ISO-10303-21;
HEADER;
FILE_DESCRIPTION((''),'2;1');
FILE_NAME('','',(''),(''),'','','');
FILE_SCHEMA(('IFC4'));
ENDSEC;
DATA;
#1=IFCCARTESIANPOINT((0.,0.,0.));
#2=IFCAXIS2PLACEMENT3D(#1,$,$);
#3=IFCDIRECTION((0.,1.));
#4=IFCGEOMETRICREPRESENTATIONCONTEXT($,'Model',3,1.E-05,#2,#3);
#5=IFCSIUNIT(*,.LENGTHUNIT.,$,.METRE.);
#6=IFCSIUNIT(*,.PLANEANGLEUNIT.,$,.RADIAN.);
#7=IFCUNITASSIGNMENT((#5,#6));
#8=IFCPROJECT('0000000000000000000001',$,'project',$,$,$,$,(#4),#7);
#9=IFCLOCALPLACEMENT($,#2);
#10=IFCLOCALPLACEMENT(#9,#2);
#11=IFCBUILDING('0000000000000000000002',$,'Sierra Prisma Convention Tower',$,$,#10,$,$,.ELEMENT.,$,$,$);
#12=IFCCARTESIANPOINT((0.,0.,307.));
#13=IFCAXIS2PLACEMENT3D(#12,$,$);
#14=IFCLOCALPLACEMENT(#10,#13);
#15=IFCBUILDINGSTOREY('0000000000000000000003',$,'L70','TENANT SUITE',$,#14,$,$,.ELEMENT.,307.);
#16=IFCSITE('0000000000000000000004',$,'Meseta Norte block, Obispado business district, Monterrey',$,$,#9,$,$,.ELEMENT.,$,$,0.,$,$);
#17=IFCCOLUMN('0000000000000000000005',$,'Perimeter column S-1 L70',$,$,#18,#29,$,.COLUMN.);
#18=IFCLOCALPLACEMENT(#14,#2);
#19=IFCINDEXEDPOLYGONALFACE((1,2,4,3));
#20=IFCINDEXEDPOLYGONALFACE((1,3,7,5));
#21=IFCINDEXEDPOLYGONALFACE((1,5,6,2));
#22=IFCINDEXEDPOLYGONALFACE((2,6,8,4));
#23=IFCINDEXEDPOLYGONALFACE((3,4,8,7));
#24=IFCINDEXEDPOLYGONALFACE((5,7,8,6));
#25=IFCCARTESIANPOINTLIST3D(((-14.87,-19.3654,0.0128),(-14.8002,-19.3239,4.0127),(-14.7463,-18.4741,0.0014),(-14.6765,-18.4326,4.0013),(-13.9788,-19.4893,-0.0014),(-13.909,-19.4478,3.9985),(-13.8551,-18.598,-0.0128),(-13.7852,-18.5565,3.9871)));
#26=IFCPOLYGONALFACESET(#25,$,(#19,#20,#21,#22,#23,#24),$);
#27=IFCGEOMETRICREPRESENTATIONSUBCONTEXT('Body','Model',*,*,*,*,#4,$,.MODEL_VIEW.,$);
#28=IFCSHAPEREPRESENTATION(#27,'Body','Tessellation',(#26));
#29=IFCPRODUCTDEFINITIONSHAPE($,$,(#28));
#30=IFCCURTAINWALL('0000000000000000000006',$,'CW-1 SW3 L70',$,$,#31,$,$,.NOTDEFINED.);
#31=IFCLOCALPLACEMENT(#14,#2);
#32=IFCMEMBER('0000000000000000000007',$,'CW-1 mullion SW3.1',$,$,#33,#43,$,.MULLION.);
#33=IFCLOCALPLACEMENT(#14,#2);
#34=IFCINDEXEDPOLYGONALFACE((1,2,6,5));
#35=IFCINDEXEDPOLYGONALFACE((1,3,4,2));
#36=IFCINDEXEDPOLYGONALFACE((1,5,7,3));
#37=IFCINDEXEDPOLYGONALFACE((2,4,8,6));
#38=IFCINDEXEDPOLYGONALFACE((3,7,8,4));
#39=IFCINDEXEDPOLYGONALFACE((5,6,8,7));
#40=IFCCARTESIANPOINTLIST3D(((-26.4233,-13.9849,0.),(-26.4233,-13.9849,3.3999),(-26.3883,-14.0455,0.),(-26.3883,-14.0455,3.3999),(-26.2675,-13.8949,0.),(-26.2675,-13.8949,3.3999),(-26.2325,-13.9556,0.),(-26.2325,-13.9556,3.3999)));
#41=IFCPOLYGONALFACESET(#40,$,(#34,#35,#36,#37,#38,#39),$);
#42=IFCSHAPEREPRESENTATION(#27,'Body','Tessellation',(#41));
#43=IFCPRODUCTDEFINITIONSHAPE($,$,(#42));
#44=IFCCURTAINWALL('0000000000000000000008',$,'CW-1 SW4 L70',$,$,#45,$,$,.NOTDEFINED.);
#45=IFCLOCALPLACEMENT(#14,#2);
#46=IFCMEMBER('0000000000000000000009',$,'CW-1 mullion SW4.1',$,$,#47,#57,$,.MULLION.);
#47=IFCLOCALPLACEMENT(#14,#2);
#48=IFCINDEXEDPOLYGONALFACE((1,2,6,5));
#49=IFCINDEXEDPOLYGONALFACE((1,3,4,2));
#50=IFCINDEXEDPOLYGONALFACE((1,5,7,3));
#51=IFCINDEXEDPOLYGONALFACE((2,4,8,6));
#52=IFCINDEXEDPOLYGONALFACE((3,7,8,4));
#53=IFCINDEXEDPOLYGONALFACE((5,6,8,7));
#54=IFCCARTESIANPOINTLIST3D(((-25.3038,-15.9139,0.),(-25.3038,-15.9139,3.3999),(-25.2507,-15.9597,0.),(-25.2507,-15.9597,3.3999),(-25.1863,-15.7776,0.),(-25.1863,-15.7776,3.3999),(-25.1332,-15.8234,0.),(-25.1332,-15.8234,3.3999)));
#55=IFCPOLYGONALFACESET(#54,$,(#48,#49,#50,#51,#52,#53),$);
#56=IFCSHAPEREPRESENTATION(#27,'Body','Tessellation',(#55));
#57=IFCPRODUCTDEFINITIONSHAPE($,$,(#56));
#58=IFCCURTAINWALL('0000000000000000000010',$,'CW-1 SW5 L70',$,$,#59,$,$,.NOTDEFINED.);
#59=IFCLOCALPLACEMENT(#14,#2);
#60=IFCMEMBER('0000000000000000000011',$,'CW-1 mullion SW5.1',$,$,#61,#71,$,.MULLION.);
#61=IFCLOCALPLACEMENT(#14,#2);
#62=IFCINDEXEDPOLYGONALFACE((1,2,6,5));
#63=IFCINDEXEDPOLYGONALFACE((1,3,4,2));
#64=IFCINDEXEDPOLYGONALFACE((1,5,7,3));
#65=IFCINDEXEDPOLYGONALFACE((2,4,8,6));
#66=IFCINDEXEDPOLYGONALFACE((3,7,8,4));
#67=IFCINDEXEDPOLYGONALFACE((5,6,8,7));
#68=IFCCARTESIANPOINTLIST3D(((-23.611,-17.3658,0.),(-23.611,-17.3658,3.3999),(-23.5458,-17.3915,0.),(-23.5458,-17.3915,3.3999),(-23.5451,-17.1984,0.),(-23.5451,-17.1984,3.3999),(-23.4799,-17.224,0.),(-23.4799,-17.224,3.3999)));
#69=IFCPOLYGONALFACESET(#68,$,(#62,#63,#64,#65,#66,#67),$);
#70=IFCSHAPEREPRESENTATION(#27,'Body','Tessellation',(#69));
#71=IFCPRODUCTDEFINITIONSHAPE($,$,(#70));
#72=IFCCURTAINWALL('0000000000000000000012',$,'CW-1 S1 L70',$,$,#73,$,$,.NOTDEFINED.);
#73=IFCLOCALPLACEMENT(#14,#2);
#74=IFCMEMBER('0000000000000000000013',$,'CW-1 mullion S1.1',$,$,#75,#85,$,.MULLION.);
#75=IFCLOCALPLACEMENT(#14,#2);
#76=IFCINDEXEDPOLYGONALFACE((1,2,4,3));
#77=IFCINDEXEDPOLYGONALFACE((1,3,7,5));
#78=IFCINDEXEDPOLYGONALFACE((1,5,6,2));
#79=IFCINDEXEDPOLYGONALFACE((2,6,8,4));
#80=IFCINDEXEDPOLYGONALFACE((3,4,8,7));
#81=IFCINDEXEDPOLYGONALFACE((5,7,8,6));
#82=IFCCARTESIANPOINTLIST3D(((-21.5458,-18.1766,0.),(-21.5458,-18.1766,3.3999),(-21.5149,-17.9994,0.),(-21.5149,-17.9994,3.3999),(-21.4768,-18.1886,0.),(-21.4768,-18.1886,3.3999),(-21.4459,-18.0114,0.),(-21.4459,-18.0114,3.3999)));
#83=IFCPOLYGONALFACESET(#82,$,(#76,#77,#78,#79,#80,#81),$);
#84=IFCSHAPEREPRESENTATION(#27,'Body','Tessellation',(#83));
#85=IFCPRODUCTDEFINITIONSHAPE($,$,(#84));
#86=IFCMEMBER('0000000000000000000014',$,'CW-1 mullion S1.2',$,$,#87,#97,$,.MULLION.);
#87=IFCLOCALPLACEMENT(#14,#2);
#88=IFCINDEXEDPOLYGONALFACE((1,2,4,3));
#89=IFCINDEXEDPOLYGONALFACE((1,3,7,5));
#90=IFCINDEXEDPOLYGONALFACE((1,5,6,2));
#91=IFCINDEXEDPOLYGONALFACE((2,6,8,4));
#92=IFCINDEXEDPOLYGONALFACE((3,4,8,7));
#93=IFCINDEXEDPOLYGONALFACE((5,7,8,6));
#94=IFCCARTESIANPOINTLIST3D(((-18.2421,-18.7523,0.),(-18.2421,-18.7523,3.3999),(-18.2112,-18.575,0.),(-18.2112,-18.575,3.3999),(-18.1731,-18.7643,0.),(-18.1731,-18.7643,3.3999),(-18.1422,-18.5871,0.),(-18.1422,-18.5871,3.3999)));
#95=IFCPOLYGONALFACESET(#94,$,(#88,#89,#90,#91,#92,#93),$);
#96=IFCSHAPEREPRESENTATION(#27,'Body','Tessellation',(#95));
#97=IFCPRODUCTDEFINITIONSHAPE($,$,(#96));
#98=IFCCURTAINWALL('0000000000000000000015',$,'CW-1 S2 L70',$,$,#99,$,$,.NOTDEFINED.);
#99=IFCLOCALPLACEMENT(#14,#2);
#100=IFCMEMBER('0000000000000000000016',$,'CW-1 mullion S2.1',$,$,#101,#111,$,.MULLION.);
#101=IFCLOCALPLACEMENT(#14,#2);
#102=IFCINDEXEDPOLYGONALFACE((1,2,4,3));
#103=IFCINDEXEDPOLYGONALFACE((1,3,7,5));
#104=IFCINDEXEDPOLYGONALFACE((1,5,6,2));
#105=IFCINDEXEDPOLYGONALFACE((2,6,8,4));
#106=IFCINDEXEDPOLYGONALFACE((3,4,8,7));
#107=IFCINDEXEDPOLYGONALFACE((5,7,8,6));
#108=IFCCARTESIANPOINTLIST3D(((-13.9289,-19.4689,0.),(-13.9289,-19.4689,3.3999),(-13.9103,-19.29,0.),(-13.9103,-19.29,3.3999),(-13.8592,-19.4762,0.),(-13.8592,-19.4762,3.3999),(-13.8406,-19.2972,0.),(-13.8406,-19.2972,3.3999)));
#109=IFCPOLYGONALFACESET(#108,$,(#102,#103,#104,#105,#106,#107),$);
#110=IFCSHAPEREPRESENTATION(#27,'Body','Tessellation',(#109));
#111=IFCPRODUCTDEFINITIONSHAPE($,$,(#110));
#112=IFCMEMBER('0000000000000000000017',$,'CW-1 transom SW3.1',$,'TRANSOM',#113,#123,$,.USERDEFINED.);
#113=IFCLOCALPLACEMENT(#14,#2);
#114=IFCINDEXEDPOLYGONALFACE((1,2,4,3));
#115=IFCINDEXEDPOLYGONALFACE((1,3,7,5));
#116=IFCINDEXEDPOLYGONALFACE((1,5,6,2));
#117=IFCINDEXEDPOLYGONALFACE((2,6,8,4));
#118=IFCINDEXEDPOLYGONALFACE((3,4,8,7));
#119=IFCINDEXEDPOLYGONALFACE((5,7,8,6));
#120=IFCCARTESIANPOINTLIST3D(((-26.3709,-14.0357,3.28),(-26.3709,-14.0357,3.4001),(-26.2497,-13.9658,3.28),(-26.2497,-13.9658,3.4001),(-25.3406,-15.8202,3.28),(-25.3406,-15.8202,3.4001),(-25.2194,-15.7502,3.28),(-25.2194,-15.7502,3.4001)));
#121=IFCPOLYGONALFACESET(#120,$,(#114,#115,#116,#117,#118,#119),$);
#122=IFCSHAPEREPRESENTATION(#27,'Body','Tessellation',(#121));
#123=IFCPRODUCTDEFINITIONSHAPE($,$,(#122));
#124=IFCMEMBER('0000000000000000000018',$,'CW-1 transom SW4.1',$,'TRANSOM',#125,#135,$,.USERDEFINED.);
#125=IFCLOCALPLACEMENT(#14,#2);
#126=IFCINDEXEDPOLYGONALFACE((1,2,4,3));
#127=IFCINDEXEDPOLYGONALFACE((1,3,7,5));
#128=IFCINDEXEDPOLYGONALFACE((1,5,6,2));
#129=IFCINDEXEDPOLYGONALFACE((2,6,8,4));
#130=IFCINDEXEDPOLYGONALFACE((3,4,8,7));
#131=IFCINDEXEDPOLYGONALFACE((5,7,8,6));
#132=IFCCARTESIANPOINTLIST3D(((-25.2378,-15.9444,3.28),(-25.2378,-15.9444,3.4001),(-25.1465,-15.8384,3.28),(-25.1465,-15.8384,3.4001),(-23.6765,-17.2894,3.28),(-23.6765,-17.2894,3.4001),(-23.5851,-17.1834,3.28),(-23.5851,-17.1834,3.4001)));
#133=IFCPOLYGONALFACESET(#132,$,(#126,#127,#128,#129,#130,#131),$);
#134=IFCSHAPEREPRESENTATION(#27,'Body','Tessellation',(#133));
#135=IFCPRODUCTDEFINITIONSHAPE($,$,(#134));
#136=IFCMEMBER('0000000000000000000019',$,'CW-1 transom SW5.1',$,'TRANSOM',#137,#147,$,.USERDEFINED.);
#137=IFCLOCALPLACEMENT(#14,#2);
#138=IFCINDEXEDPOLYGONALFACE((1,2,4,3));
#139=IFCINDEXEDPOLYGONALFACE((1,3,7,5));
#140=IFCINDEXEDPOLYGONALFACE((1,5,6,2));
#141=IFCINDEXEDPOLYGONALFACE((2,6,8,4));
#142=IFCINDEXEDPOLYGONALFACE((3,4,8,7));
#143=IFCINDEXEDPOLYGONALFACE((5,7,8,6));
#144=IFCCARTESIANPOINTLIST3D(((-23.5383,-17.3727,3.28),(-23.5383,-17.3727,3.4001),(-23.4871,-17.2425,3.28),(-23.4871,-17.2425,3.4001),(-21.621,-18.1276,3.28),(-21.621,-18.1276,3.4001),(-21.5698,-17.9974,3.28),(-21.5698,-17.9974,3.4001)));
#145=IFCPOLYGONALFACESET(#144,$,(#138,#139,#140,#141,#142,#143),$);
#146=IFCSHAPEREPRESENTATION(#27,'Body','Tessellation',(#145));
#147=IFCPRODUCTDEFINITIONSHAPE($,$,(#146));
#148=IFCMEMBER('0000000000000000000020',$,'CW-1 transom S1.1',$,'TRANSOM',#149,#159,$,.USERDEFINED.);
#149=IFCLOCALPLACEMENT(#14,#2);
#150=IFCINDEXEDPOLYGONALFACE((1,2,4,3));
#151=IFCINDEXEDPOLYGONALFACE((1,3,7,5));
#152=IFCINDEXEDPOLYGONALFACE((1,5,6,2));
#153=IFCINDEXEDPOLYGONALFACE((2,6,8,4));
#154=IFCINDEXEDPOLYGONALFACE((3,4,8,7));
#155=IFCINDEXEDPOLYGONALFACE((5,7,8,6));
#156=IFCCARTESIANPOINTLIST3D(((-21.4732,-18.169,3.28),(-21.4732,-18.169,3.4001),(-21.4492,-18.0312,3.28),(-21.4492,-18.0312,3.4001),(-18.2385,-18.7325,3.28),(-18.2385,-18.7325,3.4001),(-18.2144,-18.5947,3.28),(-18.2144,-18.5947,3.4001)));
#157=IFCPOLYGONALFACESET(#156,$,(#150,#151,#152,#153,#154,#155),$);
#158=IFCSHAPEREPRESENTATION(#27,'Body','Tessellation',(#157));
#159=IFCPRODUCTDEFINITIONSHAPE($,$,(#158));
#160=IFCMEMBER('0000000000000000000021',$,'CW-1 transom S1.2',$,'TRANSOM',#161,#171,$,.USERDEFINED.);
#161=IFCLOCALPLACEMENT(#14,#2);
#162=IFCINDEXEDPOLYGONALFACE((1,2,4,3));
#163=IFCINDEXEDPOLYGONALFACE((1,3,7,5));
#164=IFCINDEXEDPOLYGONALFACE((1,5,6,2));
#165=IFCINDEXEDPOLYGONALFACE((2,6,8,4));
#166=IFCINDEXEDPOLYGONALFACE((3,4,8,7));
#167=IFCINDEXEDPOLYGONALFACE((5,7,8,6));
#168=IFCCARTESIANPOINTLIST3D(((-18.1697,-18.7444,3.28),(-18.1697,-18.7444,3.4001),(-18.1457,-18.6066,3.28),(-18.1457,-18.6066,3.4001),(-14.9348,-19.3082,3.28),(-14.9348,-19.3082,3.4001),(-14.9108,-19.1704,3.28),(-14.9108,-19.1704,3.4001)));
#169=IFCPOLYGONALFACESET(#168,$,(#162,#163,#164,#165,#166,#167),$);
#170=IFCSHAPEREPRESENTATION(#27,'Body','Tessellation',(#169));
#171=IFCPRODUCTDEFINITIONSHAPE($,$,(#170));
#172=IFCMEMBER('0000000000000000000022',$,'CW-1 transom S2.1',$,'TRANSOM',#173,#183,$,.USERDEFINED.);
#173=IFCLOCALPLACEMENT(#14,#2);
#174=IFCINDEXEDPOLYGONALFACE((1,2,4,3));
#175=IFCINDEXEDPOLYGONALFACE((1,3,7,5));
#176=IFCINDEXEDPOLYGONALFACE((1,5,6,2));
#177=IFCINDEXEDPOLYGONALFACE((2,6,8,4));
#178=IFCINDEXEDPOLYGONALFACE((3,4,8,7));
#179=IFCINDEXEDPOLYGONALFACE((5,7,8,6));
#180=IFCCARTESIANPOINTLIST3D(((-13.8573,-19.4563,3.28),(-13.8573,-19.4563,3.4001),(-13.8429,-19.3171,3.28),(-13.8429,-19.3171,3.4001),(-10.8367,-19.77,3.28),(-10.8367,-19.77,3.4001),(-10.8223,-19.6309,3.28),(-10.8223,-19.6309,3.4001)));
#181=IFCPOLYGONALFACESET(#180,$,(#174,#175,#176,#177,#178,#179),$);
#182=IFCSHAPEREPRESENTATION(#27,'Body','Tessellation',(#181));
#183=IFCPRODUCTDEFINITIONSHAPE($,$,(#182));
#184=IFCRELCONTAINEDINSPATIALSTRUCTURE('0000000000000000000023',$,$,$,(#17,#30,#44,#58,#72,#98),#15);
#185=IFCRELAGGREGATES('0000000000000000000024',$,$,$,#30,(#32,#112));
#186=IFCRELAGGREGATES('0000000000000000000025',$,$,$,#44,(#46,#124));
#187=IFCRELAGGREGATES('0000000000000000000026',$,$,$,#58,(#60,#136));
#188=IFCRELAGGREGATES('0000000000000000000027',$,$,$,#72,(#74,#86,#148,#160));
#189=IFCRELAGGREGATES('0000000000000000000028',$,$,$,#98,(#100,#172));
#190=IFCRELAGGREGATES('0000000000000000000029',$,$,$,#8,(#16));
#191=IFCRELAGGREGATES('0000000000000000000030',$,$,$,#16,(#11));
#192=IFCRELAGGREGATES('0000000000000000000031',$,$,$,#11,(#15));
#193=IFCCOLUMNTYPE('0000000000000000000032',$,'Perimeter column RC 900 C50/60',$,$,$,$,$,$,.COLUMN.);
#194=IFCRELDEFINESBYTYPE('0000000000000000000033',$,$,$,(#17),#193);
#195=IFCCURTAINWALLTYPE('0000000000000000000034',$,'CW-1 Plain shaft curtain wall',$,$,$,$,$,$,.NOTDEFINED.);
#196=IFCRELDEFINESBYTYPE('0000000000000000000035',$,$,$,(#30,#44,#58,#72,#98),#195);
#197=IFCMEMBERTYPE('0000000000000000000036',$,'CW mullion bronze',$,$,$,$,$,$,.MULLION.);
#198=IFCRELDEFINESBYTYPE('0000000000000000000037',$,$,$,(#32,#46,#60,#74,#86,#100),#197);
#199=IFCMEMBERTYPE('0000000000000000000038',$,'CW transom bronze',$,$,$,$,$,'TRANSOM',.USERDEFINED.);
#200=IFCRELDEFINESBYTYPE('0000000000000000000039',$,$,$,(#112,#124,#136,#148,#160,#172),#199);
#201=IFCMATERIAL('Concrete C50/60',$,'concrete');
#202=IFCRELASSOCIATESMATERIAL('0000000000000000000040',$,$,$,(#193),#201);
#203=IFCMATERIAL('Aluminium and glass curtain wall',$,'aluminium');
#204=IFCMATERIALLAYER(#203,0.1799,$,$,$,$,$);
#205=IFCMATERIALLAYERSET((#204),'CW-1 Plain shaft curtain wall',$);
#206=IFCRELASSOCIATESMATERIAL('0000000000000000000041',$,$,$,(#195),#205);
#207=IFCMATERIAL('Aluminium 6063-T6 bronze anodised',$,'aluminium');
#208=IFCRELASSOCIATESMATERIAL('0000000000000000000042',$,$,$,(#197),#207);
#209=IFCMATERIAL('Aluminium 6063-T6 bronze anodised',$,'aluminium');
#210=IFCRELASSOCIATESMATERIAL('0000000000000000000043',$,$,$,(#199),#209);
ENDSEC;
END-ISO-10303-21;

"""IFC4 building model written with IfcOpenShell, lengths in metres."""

from ifc_helpers import new_model, si_unit, direction, frame, origin, origin_2d, place, context, subcontext, project, spatial, rectangle, extrude, material, layer, layer_set, material_profile, profile_set, type_object, element, aggregate, save


model = new_model("IFC4")

# Units and contexts
model_context = context("Model", 3, precision=1e-05, world=origin(), true_north=direction((0.0, 1.0)))
body_context = subcontext(model_context, "Body", "Model", "MODEL_VIEW")
ifc_project = project(units=[si_unit("LENGTHUNIT", "METRE"), si_unit("PLANEANGLEUNIT", "RADIAN")], contexts=[model_context])

# Site, building, storey
site_placement = place(None, origin())
site = spatial("IfcSite", under=ifc_project, at=site_placement, Name="Meseta Norte block, Obispado business district, Monterrey", CompositionType="ELEMENT", RefElevation=0.0)
building_placement = place(site_placement, origin())
building = spatial("IfcBuilding", under=site, at=building_placement, Name="Sierra Prisma Convention Tower", CompositionType="ELEMENT")
storey_placement = place(building_placement, frame((0.0, 0.0, 307.0)))
storey = spatial("IfcBuildingStorey", under=building, at=storey_placement, Name="L70", Description="TENANT SUITE", CompositionType="ELEMENT", Elevation=307.0)

# Column
ifc_material_1 = material(Name="Concrete C50/60", Category="concrete")
ifc_material_profile_1 = material_profile(ifc_material_1, rectangle(XDim=0.8999, YDim=0.8999, at=origin_2d()), Name="Perimeter column RC 900 C50/60")
ifc_profile_set_1 = profile_set([ifc_material_profile_1], Name="Concrete C50/60")
column_type = type_object("IfcColumnType", Name="Perimeter column RC 900 C50/60", PredefinedType="COLUMN", material=ifc_profile_set_1)
column_placement = place(storey_placement, frame((-14.3625, -18.9817, 0.0), z_axis=(0.017452, 0.010374, 0.999794), x_axis=(-0.990344, 0.137724, 0.015858)))
element("IfcColumn", 1, at=column_placement, inside=storey, type_object=column_type, Name="Perimeter column S-1 L70", PredefinedType="COLUMN", context=body_context, shape_type="SweptSolid", body=[
    extrude(rectangle(XDim=0.8999, YDim=0.8999, at=origin_2d()), origin(), (0.0, 0.0, 1.0), 4.0007),
])

# Curtain walls, members
ifc_material_2 = material(Name="Aluminium and glass curtain wall", Category="aluminium")
ifc_layer_1 = layer(ifc_material_2, 0.1799)
ifc_layer_set_1 = layer_set([ifc_layer_1], Name="CW-1 Plain shaft curtain wall")
curtain_wall_type = type_object("IfcCurtainWallType", Name="CW-1 Plain shaft curtain wall", PredefinedType="NOTDEFINED", material=ifc_layer_set_1)
curtain_wall_1_placement = place(storey_placement, origin())
curtain_wall_1 = element("IfcCurtainWall", 2, at=curtain_wall_1_placement, inside=storey, type_object=curtain_wall_type, Name="CW-1 SW3 L70", PredefinedType="NOTDEFINED")
ifc_material_3 = material(Name="Aluminium 6063-T6 bronze anodised", Category="aluminium")
ifc_material_profile_2 = material_profile(ifc_material_3, rectangle(XDim=0.1799, YDim=0.0701, at=origin_2d()), Name="ALU MULLION 70x180")
ifc_profile_set_2 = profile_set([ifc_material_profile_2], Name="Aluminium 6063-T6 bronze anodised")
member_type_1 = type_object("IfcMemberType", Name="CW mullion bronze", PredefinedType="MULLION", material=ifc_profile_set_2)
member_1_placement = place(storey_placement, frame((-26.3279, -13.9702, 0.0), z_axis=(0.0, 0.0, 1.0), x_axis=(0.866025, 0.5, 0.0)))
member_1 = element("IfcMember", 3, at=member_1_placement, type_object=member_type_1, Name="CW-1 mullion SW3.1", PredefinedType="MULLION", context=body_context, shape_type="SweptSolid", body=[
    extrude(rectangle(XDim=0.1799, YDim=0.0701, at=origin_2d()), origin(), (0.0, 0.0, 1.0), 3.3999),
])
curtain_wall_2_placement = place(storey_placement, origin())
curtain_wall_2 = element("IfcCurtainWall", 4, at=curtain_wall_2_placement, inside=storey, type_object=curtain_wall_type, Name="CW-1 SW4 L70", PredefinedType="NOTDEFINED")
member_2_placement = place(storey_placement, frame((-25.2185, -15.8687, 0.0), z_axis=(0.0, 0.0, 1.0), x_axis=(0.652677, 0.757636, 0.0)))
member_2 = element("IfcMember", 5, at=member_2_placement, type_object=member_type_1, Name="CW-1 mullion SW4.1", PredefinedType="MULLION", context=body_context, shape_type="SweptSolid", body=[
    extrude(rectangle(XDim=0.1799, YDim=0.0701, at=origin_2d()), origin(), (0.0, 0.0, 1.0), 3.3999),
])
curtain_wall_3_placement = place(storey_placement, origin())
curtain_wall_3 = element("IfcCurtainWall", 6, at=curtain_wall_3_placement, inside=storey, type_object=curtain_wall_type, Name="CW-1 SW5 L70", PredefinedType="NOTDEFINED")
member_3_placement = place(storey_placement, frame((-23.5454, -17.2949, 0.0), z_axis=(0.0, 0.0, 1.0), x_axis=(0.366298, 0.930498, 0.0)))
member_3 = element("IfcMember", 7, at=member_3_placement, type_object=member_type_1, Name="CW-1 mullion SW5.1", PredefinedType="MULLION", context=body_context, shape_type="SweptSolid", body=[
    extrude(rectangle(XDim=0.1799, YDim=0.0701, at=origin_2d()), origin(), (0.0, 0.0, 1.0), 3.3999),
])

# Curtain wall, members
curtain_wall_4_placement = place(storey_placement, origin())
curtain_wall_4 = element("IfcCurtainWall", 8, at=curtain_wall_4_placement, inside=storey, type_object=curtain_wall_type, Name="CW-1 S1 L70", PredefinedType="NOTDEFINED")
member_4_placement = place(storey_placement, frame((-21.4958, -18.094, 0.0), z_axis=(0.0, 0.0, 1.0), x_axis=(0.171633, 0.985161, 0.0)))
member_4 = element("IfcMember", 9, at=member_4_placement, type_object=member_type_1, Name="CW-1 mullion S1.1", PredefinedType="MULLION", context=body_context, shape_type="SweptSolid", body=[
    extrude(rectangle(XDim=0.1799, YDim=0.0701, at=origin_2d()), origin(), (0.0, 0.0, 1.0), 3.3999),
])
member_5_placement = place(storey_placement, frame((-18.1921, -18.6697, 0.0), z_axis=(0.0, 0.0, 1.0), x_axis=(0.171633, 0.985161, 0.0)))
member_5 = element("IfcMember", 10, at=member_5_placement, type_object=member_type_1, Name="CW-1 mullion S1.2", PredefinedType="MULLION", context=body_context, shape_type="SweptSolid", body=[
    extrude(rectangle(XDim=0.1799, YDim=0.0701, at=origin_2d()), origin(), (0.0, 0.0, 1.0), 3.3999),
])

# Curtain wall, member
curtain_wall_5_placement = place(storey_placement, origin())
curtain_wall_5 = element("IfcCurtainWall", 11, at=curtain_wall_5_placement, inside=storey, type_object=curtain_wall_type, Name="CW-1 S2 L70", PredefinedType="NOTDEFINED")
member_6_placement = place(storey_placement, frame((-13.8848, -19.3831, 0.0), z_axis=(0.0, 0.0, 1.0), x_axis=(0.103308, 0.994649, 0.0)))
member_6 = element("IfcMember", 12, at=member_6_placement, type_object=member_type_1, Name="CW-1 mullion S2.1", PredefinedType="MULLION", context=body_context, shape_type="SweptSolid", body=[
    extrude(rectangle(XDim=0.1799, YDim=0.0701, at=origin_2d()), origin(), (0.0, 0.0, 1.0), 3.3999),
])

# Members
ifc_material_4 = material(Name="Aluminium 6063-T6 bronze anodised", Category="aluminium")
ifc_material_profile_3 = material_profile(ifc_material_4, rectangle(XDim=0.1399, YDim=0.1201, at=origin_2d()), Name="ALU TRANSOM 120x140")
ifc_profile_set_3 = profile_set([ifc_material_profile_3], Name="Aluminium 6063-T6 bronze anodised")
member_type_2 = type_object("IfcMemberType", Name="CW transom bronze", ElementType="TRANSOM", PredefinedType="USERDEFINED", material=ifc_profile_set_3)
member_7_placement = place(storey_placement, frame((-26.3103, -14.0007, 3.3401), z_axis=(0.500013, -0.866018, 0.0), x_axis=(0.866018, 0.500013, 0.0)))
member_7 = element("IfcMember", 13, at=member_7_placement, type_object=member_type_2, Name="CW-1 transom SW3.1", ObjectType="TRANSOM", PredefinedType="USERDEFINED", context=body_context, shape_type="SweptSolid", body=[
    extrude(rectangle(XDim=0.1399, YDim=0.1201, at=origin_2d()), origin(), (0.0, 0.0, 1.0), 2.0605),
])
member_8_placement = place(storey_placement, frame((-25.1921, -15.8914, 3.3401), z_axis=(0.75764, -0.652672, 0.0), x_axis=(0.652672, 0.75764, 0.0)))
member_8 = element("IfcMember", 14, at=member_8_placement, type_object=member_type_2, Name="CW-1 transom SW4.1", ObjectType="TRANSOM", PredefinedType="USERDEFINED", context=body_context, shape_type="SweptSolid", body=[
    extrude(rectangle(XDim=0.1399, YDim=0.1201, at=origin_2d()), origin(), (0.0, 0.0, 1.0), 2.0608),
])
member_9_placement = place(storey_placement, frame((-23.5127, -17.3076, 3.3401), z_axis=(0.930473, -0.36636, 0.0), x_axis=(0.36636, 0.930473, 0.0)))
member_9 = element("IfcMember", 15, at=member_9_placement, type_object=member_type_2, Name="CW-1 transom SW5.1", ObjectType="TRANSOM", PredefinedType="USERDEFINED", context=body_context, shape_type="SweptSolid", body=[
    extrude(rectangle(XDim=0.1399, YDim=0.1201, at=origin_2d()), origin(), (0.0, 0.0, 1.0), 2.0605),
])
member_10_placement = place(storey_placement, frame((-21.4612, -18.1001, 3.3401), z_axis=(0.985164, -0.171617, 0.0), x_axis=(0.171617, 0.985164, 0.0)))
member_10 = element("IfcMember", 16, at=member_10_placement, type_object=member_type_2, Name="CW-1 transom S1.1", ObjectType="TRANSOM", PredefinedType="USERDEFINED", context=body_context, shape_type="SweptSolid", body=[
    extrude(rectangle(XDim=0.1399, YDim=0.1201, at=origin_2d()), origin(), (0.0, 0.0, 1.0), 3.2834),
])
member_11_placement = place(storey_placement, frame((-18.1577, -18.6755, 3.3401), z_axis=(0.985153, -0.171677, 0.0), x_axis=(0.171677, 0.985153, 0.0)))
member_11 = element("IfcMember", 17, at=member_11_placement, type_object=member_type_2, Name="CW-1 transom S1.2", ObjectType="TRANSOM", PredefinedType="USERDEFINED", context=body_context, shape_type="SweptSolid", body=[
    extrude(rectangle(XDim=0.1399, YDim=0.1201, at=origin_2d()), origin(), (0.0, 0.0, 1.0), 3.2837),
])
member_12_placement = place(storey_placement, frame((-13.8501, -19.3867, 3.3401), z_axis=(0.994649, -0.103308, 0.0), x_axis=(0.103308, 0.994649, 0.0)))
member_12 = element("IfcMember", 18, at=member_12_placement, type_object=member_type_2, Name="CW-1 transom S2.1", ObjectType="TRANSOM", PredefinedType="USERDEFINED", context=body_context, shape_type="SweptSolid", body=[
    extrude(rectangle(XDim=0.1399, YDim=0.1201, at=origin_2d()), origin(), (0.0, 0.0, 1.0), 3.0369),
])

aggregate(curtain_wall_1, [member_1, member_7])
aggregate(curtain_wall_2, [member_2, member_8])
aggregate(curtain_wall_3, [member_3, member_9])
aggregate(curtain_wall_4, [member_4, member_5, member_10, member_11])
aggregate(curtain_wall_5, [member_6, member_12])

save(model, "model.ifc")
